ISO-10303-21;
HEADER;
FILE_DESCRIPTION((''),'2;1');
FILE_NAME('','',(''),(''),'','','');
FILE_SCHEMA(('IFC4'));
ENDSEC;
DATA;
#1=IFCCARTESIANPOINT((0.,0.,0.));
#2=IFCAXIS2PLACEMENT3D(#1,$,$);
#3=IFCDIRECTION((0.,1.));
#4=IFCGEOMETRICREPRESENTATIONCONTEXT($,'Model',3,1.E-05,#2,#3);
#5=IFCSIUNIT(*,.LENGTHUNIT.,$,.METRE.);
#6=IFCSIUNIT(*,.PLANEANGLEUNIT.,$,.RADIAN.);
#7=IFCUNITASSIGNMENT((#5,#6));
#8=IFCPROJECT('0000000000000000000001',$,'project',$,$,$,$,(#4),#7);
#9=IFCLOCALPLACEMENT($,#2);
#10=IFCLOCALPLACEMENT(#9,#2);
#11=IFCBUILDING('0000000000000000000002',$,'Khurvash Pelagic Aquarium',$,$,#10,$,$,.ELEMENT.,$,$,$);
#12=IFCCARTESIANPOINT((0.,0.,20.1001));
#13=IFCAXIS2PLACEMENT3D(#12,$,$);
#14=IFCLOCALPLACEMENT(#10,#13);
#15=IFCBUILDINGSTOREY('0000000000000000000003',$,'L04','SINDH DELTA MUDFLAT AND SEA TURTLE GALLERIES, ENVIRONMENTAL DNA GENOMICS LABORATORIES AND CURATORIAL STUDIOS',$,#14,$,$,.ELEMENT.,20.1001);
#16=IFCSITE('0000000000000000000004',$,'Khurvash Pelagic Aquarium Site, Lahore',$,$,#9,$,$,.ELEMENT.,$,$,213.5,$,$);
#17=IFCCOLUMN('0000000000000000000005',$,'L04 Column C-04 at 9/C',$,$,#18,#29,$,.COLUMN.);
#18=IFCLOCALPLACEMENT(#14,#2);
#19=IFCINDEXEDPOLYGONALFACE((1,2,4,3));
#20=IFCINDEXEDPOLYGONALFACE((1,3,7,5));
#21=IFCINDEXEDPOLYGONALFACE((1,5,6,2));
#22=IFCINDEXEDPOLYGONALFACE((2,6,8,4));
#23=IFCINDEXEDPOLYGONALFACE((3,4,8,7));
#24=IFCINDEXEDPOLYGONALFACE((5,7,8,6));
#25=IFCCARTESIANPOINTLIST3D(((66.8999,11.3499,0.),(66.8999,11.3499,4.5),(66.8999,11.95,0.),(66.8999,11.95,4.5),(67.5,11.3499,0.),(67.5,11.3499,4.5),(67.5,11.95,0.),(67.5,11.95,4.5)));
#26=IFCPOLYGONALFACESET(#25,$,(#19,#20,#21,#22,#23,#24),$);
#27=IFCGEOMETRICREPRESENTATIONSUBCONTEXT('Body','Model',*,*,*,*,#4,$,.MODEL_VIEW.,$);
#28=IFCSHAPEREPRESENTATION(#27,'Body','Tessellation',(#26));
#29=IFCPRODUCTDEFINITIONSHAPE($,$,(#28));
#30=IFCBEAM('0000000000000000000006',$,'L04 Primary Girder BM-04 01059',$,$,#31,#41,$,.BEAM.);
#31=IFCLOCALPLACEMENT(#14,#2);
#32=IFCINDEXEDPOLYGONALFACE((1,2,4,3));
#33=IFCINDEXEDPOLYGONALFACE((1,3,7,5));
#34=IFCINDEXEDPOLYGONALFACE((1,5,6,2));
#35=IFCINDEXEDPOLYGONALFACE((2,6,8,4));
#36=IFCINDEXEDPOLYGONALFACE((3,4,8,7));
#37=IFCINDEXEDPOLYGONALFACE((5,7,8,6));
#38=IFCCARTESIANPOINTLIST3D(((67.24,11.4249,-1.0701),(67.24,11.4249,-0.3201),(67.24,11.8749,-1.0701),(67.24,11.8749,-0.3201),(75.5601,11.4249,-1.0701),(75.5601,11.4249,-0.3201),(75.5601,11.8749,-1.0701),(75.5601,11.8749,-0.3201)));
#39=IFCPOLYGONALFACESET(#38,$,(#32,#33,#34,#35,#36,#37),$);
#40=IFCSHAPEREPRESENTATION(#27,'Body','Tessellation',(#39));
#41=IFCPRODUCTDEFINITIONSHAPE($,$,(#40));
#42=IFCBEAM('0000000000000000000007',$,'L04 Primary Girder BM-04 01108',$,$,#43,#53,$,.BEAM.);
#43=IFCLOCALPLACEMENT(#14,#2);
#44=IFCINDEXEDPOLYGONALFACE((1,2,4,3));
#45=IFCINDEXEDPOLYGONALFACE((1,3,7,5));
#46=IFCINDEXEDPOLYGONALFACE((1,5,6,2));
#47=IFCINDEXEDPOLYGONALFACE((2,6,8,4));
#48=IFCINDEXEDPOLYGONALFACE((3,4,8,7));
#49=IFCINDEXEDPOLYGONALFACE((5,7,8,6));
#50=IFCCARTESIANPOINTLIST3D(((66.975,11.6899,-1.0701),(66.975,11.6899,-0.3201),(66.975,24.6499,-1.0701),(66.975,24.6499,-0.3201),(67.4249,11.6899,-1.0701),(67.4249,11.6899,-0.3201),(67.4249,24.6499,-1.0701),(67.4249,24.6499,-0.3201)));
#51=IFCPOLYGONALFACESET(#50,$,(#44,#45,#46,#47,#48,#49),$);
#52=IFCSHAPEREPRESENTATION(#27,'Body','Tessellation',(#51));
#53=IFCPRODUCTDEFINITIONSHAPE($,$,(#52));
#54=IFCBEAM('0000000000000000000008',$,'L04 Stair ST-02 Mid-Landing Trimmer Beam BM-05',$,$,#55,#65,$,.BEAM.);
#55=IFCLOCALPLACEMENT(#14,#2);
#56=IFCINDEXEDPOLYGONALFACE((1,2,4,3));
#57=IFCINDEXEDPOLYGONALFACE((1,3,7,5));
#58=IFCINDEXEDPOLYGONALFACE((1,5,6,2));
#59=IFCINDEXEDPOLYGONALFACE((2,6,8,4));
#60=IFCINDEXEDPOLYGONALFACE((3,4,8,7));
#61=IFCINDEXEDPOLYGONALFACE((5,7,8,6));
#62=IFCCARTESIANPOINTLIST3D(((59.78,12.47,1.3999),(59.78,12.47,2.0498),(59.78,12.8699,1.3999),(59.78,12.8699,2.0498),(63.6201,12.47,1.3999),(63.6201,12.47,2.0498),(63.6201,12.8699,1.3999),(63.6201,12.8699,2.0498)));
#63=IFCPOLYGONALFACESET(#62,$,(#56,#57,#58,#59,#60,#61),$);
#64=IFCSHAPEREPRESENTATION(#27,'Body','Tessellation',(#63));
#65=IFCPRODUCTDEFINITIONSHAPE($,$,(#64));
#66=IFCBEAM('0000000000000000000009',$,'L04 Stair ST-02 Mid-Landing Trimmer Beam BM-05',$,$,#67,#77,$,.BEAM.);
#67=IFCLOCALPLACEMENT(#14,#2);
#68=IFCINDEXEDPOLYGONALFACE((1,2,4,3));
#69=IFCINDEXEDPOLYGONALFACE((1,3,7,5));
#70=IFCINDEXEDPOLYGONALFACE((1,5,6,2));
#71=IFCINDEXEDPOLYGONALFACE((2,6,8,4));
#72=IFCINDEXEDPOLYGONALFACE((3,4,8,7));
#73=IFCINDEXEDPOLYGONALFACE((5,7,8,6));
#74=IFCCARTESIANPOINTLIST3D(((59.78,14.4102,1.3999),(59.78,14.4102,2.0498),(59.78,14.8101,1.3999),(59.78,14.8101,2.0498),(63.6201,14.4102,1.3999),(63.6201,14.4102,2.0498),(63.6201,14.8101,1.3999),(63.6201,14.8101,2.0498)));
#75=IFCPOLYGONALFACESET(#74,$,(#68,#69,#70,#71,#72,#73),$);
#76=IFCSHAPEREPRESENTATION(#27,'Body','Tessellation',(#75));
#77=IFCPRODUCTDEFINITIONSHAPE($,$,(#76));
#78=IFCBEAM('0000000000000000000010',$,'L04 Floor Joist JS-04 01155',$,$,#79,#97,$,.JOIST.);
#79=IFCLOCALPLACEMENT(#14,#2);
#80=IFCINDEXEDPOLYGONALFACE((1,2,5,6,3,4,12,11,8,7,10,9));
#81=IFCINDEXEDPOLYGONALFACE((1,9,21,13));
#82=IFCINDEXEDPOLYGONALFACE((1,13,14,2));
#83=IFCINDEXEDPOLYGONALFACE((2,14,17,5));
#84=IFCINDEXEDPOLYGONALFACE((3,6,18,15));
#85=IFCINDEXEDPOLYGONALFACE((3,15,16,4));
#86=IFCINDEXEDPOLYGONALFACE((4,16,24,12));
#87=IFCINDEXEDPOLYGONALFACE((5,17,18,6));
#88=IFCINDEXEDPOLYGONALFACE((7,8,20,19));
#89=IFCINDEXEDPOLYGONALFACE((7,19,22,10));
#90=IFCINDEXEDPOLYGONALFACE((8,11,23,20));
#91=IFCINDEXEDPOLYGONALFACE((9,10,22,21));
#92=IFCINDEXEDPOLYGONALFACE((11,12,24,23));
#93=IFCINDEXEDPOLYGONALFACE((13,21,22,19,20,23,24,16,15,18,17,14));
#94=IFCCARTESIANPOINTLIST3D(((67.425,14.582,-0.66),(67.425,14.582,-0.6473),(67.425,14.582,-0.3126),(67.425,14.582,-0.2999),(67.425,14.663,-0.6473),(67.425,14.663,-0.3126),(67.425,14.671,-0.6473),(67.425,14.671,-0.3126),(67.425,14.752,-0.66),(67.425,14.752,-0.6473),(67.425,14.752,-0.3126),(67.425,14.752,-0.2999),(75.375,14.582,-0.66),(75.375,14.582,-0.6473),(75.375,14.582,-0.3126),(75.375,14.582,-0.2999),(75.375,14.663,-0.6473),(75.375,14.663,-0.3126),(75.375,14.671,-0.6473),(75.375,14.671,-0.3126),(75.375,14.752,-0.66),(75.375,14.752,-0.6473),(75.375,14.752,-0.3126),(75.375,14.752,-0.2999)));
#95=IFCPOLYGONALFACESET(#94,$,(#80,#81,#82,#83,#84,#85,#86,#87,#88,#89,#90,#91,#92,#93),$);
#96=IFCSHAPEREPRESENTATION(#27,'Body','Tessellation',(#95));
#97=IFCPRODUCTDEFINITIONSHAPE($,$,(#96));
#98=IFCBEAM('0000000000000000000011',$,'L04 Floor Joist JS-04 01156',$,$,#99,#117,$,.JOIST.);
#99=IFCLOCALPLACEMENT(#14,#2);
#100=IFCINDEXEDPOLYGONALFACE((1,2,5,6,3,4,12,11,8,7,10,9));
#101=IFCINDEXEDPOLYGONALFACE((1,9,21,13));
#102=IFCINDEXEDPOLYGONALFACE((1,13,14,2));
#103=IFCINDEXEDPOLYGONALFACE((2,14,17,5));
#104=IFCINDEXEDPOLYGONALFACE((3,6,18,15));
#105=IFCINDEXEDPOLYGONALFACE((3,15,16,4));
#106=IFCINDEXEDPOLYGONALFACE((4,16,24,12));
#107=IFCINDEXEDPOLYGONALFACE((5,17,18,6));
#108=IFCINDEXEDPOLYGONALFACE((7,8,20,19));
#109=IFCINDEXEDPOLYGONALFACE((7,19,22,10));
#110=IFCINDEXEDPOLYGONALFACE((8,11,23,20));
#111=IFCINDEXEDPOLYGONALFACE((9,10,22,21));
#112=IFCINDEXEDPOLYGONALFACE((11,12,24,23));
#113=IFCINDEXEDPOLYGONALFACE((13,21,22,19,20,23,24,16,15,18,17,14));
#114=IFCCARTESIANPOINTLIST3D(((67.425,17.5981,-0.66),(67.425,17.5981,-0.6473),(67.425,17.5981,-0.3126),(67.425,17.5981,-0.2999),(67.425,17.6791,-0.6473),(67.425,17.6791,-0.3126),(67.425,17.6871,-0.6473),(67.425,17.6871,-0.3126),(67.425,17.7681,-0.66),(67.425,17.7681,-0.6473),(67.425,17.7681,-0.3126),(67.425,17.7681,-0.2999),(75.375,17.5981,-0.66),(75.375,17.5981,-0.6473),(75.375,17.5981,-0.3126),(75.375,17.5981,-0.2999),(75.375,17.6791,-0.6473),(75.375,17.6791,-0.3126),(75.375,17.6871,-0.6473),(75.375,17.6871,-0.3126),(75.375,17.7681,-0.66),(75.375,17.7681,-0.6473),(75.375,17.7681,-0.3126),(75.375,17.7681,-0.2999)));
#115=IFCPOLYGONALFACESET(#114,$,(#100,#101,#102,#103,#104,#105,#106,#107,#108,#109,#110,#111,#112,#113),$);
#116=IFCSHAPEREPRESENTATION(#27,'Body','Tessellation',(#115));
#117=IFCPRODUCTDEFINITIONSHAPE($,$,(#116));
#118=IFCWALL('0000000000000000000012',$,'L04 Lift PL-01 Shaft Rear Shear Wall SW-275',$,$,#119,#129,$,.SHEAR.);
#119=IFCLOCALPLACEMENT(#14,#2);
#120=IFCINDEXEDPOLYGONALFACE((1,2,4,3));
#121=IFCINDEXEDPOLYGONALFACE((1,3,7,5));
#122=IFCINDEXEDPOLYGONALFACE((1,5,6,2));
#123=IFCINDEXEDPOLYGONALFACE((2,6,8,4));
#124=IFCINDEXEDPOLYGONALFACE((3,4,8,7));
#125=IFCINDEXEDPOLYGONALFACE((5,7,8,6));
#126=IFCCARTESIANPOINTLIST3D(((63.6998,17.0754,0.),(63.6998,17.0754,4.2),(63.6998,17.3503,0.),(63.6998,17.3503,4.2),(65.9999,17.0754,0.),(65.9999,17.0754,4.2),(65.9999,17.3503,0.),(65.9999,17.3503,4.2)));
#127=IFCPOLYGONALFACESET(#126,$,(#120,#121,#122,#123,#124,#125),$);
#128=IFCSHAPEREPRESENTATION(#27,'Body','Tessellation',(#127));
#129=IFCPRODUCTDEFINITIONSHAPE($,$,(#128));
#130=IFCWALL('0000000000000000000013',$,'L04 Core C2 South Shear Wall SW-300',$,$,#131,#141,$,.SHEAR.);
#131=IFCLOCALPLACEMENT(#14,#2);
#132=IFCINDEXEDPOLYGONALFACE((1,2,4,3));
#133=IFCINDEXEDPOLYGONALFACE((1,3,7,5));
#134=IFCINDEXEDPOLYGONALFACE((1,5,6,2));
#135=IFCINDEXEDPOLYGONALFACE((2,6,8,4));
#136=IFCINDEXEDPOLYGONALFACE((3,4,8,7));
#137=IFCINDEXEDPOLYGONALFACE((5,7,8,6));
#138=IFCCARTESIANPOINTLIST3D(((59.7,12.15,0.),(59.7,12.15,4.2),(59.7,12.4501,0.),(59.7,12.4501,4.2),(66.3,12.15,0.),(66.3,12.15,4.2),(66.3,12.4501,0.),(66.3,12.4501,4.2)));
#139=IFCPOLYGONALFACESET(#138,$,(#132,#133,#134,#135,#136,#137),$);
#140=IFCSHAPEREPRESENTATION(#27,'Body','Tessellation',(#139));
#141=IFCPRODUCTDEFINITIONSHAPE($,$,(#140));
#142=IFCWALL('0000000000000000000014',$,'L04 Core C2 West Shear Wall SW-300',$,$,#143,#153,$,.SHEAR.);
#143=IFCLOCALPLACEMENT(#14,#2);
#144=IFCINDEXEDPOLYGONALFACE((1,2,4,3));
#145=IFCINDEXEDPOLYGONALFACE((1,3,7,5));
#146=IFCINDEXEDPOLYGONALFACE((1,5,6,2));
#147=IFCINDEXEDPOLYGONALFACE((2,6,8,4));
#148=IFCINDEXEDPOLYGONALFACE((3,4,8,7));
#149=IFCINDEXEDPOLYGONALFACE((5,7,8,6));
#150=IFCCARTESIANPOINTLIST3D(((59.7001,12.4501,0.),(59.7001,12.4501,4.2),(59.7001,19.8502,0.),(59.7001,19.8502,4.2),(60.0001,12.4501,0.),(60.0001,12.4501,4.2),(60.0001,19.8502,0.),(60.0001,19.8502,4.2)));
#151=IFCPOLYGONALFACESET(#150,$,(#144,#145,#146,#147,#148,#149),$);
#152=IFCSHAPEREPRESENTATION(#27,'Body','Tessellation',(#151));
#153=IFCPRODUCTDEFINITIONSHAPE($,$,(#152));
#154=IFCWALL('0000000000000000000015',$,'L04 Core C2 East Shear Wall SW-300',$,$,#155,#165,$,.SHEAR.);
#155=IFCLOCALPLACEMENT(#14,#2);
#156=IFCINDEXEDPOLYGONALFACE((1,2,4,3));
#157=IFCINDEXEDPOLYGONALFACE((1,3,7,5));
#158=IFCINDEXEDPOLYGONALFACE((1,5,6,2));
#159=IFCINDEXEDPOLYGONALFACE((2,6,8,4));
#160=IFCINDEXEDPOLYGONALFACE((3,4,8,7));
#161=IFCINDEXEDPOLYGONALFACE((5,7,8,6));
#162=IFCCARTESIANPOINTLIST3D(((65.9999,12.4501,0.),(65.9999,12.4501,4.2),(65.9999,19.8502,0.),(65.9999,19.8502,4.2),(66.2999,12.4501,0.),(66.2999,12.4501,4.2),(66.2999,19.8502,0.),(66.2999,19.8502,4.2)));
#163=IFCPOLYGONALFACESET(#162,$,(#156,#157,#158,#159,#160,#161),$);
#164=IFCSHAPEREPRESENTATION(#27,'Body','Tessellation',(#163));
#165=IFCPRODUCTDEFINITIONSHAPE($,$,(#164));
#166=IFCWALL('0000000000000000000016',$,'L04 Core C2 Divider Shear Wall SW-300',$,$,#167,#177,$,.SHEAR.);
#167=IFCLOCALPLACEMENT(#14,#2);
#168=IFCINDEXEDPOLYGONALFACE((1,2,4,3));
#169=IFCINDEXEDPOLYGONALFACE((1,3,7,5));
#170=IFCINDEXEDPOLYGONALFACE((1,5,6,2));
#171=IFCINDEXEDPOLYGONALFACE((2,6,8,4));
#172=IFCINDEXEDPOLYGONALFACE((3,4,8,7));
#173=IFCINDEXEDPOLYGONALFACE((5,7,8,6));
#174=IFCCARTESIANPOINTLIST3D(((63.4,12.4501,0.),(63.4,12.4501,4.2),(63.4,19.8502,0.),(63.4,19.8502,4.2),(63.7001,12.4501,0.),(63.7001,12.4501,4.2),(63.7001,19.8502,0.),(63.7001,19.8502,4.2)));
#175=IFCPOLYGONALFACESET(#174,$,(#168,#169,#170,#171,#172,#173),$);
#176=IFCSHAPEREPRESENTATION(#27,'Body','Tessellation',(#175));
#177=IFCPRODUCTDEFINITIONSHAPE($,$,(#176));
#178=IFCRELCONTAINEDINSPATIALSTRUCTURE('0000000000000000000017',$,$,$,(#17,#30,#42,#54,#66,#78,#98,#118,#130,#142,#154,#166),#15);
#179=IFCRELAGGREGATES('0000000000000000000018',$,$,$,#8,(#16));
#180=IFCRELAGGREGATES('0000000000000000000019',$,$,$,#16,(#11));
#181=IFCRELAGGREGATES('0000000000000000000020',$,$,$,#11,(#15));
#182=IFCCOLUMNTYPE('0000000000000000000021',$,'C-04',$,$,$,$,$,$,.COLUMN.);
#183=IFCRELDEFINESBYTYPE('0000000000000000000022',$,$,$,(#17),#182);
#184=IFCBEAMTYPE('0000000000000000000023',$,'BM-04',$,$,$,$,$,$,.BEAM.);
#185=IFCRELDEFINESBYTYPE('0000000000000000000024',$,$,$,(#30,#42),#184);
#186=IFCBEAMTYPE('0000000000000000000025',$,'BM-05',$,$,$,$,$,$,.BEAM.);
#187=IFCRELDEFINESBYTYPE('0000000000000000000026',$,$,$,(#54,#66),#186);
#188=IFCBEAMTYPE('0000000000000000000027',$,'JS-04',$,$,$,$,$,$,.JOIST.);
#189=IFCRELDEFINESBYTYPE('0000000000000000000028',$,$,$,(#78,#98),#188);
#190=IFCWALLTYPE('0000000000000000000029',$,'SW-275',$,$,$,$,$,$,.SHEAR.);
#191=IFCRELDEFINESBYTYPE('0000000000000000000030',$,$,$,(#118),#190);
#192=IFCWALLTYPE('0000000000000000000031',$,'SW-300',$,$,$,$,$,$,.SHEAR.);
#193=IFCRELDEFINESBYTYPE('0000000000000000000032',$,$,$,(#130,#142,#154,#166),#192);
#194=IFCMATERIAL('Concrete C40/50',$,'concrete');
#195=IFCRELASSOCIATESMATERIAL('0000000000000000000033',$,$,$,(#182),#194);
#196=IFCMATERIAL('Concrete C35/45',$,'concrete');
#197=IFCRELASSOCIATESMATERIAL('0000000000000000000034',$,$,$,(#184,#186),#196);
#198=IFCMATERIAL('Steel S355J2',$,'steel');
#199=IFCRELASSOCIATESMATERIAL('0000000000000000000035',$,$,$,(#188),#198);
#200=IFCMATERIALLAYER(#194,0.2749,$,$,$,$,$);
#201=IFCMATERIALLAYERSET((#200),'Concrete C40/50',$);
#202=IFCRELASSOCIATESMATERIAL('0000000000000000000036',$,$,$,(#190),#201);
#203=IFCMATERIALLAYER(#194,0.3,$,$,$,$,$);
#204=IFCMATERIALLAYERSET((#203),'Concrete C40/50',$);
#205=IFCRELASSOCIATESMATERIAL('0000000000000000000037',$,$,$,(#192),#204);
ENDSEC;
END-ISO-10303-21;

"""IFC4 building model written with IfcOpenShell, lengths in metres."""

from ifc_helpers import new_model, si_unit, direction, frame, frame_2d, origin, origin_2d, place, context, subcontext, project, spatial, rectangle, i_section, extrude, material, layer, layer_set, material_profile, profile_set, type_object, element, save


model = new_model("IFC4")

# Units and contexts
model_context = context("Model", 3, precision=1e-05, world=origin(), true_north=direction((0.0, 1.0)))
body_context = subcontext(model_context, "Body", "Model", "MODEL_VIEW")
ifc_project = project(units=[si_unit("LENGTHUNIT", "METRE"), si_unit("PLANEANGLEUNIT", "RADIAN")], contexts=[model_context])

# Site, building, storey
site_placement = place(None, origin())
site = spatial("IfcSite", under=ifc_project, at=site_placement, Name="Khurvash Pelagic Aquarium Site, Lahore", CompositionType="ELEMENT", RefElevation=213.5)
building_placement = place(site_placement, origin())
building = spatial("IfcBuilding", under=site, at=building_placement, Name="Khurvash Pelagic Aquarium", CompositionType="ELEMENT")
storey_placement = place(building_placement, frame((0.0, 0.0, 20.1001)))
storey = spatial("IfcBuildingStorey", under=building, at=storey_placement, Name="L04", Description="SINDH DELTA MUDFLAT AND SEA TURTLE GALLERIES, ENVIRONMENTAL DNA GENOMICS LABORATORIES AND CURATORIAL STUDIOS", CompositionType="ELEMENT", Elevation=20.1001)

# Column
ifc_material_1 = material(Name="Concrete C40/50", Category="concrete")
ifc_material_profile_1 = material_profile(ifc_material_1, rectangle(XDim=0.6001, YDim=0.6001, at=origin_2d()), Name="RC600X600")
ifc_profile_set_1 = profile_set([ifc_material_profile_1], Name="Concrete C40/50")
column_type = type_object("IfcColumnType", Name="C-04", PredefinedType="COLUMN", material=ifc_profile_set_1)
column_placement = place(storey_placement, frame((67.2, 11.6499, 0.0), z_axis=(0.0, 0.0, 1.0), x_axis=(1.0, 0.0, 0.0)))
element("IfcColumn", 1, at=column_placement, inside=storey, type_object=column_type, Name="L04 Column C-04 at 9/C", PredefinedType="COLUMN", context=body_context, shape_type="SweptSolid", body=[
    extrude(rectangle(XDim=0.6001, YDim=0.6001, at=origin_2d()), origin(), (0.0, 0.0, 1.0), 4.5),
])

# Beams
ifc_material_2 = material(Name="Concrete C35/45", Category="concrete")
ifc_material_profile_2 = material_profile(ifc_material_2, rectangle(XDim=0.45, YDim=0.75, at=origin_2d()), Name="RC450X750")
ifc_profile_set_2 = profile_set([ifc_material_profile_2], Name="Concrete C35/45")
beam_type_1 = type_object("IfcBeamType", Name="BM-04", PredefinedType="BEAM", material=ifc_profile_set_2)
beam_1_placement = place(storey_placement, frame((67.24, 11.6499, -0.6951), z_axis=(1.0, 0.0, 0.0), x_axis=(0.0, 1.0, 0.0)))
element("IfcBeam", 2, at=beam_1_placement, inside=storey, type_object=beam_type_1, Name="L04 Primary Girder BM-04 01059", PredefinedType="BEAM", context=body_context, shape_type="SweptSolid", body=[
    extrude(rectangle(XDim=0.45, YDim=0.75, at=origin_2d()), origin(), (0.0, 0.0, 1.0), 8.3201),
])
beam_2_placement = place(storey_placement, frame((67.2, 11.6899, -0.6951), z_axis=(0.0, 1.0, 0.0), x_axis=(-1.0, 0.0, 0.0)))
element("IfcBeam", 3, at=beam_2_placement, inside=storey, type_object=beam_type_1, Name="L04 Primary Girder BM-04 01108", PredefinedType="BEAM", context=body_context, shape_type="SweptSolid", body=[
    extrude(rectangle(XDim=0.45, YDim=0.75, at=origin_2d()), origin(), (0.0, 0.0, 1.0), 12.96),
])
ifc_material_profile_3 = material_profile(ifc_material_2, rectangle(XDim=0.3999, YDim=0.6499, at=origin_2d()), Name="RC400X650")
ifc_profile_set_3 = profile_set([ifc_material_profile_3], Name="Concrete C35/45")
beam_type_2 = type_object("IfcBeamType", Name="BM-05", PredefinedType="BEAM", material=ifc_profile_set_3)
for number, where, z_axis, x_axis, name in (
    (4, (59.78, 12.6699, 1.7249), (1.0, 0.0, 0.0), (0.0, 1.0, 0.0), "L04 Stair ST-02 Mid-Landing Trimmer Beam BM-05"),
    (5, (59.78, 14.6101, 1.7249), (1.0, 0.0, 0.0), (0.0, 1.0, 0.0), "L04 Stair ST-02 Mid-Landing Trimmer Beam BM-05"),
):
    element("IfcBeam", number, at=place(storey_placement, frame(where, z_axis=z_axis, x_axis=x_axis)), inside=storey, type_object=beam_type_2, Name=name, PredefinedType="BEAM", context=body_context, shape_type="SweptSolid", body=[
        extrude(rectangle(XDim=0.3999, YDim=0.6499, at=origin_2d()), origin(), (0.0, 0.0, 1.0), 3.8401),
    ])
ifc_material_3 = material(Name="Steel S355J2", Category="steel")
ifc_material_profile_4 = material_profile(ifc_material_3, i_section(OverallWidth=0.1699, OverallDepth=0.3601, WebThickness=0.0081, FlangeThickness=0.0127, at=origin_2d()), Name="IPE360")
ifc_profile_set_4 = profile_set([ifc_material_profile_4], Name="Steel S355J2")
beam_type_3 = type_object("IfcBeamType", Name="JS-04", PredefinedType="JOIST", material=ifc_profile_set_4)
for number, where, z_axis, x_axis, name in (
    (6, (67.425, 14.667, -0.48), (1.0, 0.0, 0.0), (0.0, 1.0, 0.0), "L04 Floor Joist JS-04 01155"),
    (7, (67.425, 17.6831, -0.48), (1.0, 0.0, 0.0), (0.0, 1.0, 0.0), "L04 Floor Joist JS-04 01156"),
):
    element("IfcBeam", number, at=place(storey_placement, frame(where, z_axis=z_axis, x_axis=x_axis)), inside=storey, type_object=beam_type_3, Name=name, PredefinedType="JOIST", context=body_context, shape_type="SweptSolid", body=[
        extrude(i_section(OverallWidth=0.1699, OverallDepth=0.3601, WebThickness=0.0081, FlangeThickness=0.0127, at=origin_2d()), origin(), (0.0, 0.0, 1.0), 7.95),
    ])

# Walls
ifc_layer_1 = layer(ifc_material_1, 0.2749)
ifc_layer_set_1 = layer_set([ifc_layer_1], Name="Concrete C40/50")
wall_type_1 = type_object("IfcWallType", Name="SW-275", PredefinedType="SHEAR", material=ifc_layer_set_1)
wall_1_placement = place(storey_placement, frame((63.7, 17.2129, 0.0), z_axis=(0.0, 0.0, 1.0), x_axis=(1.0, 0.0, 0.0)))
element("IfcWall", 8, at=wall_1_placement, inside=storey, type_object=wall_type_1, Name="L04 Lift PL-01 Shaft Rear Shear Wall SW-275", PredefinedType="SHEAR", context=body_context, shape_type="SweptSolid", body=[
    extrude(rectangle(XDim=2.3, YDim=0.2749, at=frame_2d((1.1499, 0.0))), origin(), (0.0, 0.0, 1.0), 4.2),
])
ifc_layer_2 = layer(ifc_material_1, 0.3)
ifc_layer_set_2 = layer_set([ifc_layer_2], Name="Concrete C40/50")
wall_type_2 = type_object("IfcWallType", Name="SW-300", PredefinedType="SHEAR", material=ifc_layer_set_2)
wall_2_placement = place(storey_placement, frame((59.7, 12.3, 0.0), z_axis=(0.0, 0.0, 1.0), x_axis=(1.0, 0.0, 0.0)))
element("IfcWall", 9, at=wall_2_placement, inside=storey, type_object=wall_type_2, Name="L04 Core C2 South Shear Wall SW-300", PredefinedType="SHEAR", context=body_context, shape_type="SweptSolid", body=[
    extrude(rectangle(XDim=6.6001, YDim=0.3, at=frame_2d((3.3, 0.0))), origin(), (0.0, 0.0, 1.0), 4.2),
])
for number, where, z_axis, x_axis, name in (
    (10, (59.8501, 12.45, 0.0), (0.0, 0.0, 1.0), (0.0, 1.0, 0.0), "L04 Core C2 West Shear Wall SW-300"),
    (11, (66.1499, 12.45, 0.0), (0.0, 0.0, 1.0), (0.0, 1.0, 0.0), "L04 Core C2 East Shear Wall SW-300"),
    (12, (63.55, 12.45, 0.0), (0.0, 0.0, 1.0), (0.0, 1.0, 0.0), "L04 Core C2 Divider Shear Wall SW-300"),
):
    element("IfcWall", number, at=place(storey_placement, frame(where, z_axis=z_axis, x_axis=x_axis)), inside=storey, type_object=wall_type_2, Name=name, PredefinedType="SHEAR", context=body_context, shape_type="SweptSolid", body=[
        extrude(rectangle(XDim=7.4001, YDim=0.3, at=frame_2d((3.7002, 0.0))), origin(), (0.0, 0.0, 1.0), 4.2),
    ])

save(model, "model.ifc")
